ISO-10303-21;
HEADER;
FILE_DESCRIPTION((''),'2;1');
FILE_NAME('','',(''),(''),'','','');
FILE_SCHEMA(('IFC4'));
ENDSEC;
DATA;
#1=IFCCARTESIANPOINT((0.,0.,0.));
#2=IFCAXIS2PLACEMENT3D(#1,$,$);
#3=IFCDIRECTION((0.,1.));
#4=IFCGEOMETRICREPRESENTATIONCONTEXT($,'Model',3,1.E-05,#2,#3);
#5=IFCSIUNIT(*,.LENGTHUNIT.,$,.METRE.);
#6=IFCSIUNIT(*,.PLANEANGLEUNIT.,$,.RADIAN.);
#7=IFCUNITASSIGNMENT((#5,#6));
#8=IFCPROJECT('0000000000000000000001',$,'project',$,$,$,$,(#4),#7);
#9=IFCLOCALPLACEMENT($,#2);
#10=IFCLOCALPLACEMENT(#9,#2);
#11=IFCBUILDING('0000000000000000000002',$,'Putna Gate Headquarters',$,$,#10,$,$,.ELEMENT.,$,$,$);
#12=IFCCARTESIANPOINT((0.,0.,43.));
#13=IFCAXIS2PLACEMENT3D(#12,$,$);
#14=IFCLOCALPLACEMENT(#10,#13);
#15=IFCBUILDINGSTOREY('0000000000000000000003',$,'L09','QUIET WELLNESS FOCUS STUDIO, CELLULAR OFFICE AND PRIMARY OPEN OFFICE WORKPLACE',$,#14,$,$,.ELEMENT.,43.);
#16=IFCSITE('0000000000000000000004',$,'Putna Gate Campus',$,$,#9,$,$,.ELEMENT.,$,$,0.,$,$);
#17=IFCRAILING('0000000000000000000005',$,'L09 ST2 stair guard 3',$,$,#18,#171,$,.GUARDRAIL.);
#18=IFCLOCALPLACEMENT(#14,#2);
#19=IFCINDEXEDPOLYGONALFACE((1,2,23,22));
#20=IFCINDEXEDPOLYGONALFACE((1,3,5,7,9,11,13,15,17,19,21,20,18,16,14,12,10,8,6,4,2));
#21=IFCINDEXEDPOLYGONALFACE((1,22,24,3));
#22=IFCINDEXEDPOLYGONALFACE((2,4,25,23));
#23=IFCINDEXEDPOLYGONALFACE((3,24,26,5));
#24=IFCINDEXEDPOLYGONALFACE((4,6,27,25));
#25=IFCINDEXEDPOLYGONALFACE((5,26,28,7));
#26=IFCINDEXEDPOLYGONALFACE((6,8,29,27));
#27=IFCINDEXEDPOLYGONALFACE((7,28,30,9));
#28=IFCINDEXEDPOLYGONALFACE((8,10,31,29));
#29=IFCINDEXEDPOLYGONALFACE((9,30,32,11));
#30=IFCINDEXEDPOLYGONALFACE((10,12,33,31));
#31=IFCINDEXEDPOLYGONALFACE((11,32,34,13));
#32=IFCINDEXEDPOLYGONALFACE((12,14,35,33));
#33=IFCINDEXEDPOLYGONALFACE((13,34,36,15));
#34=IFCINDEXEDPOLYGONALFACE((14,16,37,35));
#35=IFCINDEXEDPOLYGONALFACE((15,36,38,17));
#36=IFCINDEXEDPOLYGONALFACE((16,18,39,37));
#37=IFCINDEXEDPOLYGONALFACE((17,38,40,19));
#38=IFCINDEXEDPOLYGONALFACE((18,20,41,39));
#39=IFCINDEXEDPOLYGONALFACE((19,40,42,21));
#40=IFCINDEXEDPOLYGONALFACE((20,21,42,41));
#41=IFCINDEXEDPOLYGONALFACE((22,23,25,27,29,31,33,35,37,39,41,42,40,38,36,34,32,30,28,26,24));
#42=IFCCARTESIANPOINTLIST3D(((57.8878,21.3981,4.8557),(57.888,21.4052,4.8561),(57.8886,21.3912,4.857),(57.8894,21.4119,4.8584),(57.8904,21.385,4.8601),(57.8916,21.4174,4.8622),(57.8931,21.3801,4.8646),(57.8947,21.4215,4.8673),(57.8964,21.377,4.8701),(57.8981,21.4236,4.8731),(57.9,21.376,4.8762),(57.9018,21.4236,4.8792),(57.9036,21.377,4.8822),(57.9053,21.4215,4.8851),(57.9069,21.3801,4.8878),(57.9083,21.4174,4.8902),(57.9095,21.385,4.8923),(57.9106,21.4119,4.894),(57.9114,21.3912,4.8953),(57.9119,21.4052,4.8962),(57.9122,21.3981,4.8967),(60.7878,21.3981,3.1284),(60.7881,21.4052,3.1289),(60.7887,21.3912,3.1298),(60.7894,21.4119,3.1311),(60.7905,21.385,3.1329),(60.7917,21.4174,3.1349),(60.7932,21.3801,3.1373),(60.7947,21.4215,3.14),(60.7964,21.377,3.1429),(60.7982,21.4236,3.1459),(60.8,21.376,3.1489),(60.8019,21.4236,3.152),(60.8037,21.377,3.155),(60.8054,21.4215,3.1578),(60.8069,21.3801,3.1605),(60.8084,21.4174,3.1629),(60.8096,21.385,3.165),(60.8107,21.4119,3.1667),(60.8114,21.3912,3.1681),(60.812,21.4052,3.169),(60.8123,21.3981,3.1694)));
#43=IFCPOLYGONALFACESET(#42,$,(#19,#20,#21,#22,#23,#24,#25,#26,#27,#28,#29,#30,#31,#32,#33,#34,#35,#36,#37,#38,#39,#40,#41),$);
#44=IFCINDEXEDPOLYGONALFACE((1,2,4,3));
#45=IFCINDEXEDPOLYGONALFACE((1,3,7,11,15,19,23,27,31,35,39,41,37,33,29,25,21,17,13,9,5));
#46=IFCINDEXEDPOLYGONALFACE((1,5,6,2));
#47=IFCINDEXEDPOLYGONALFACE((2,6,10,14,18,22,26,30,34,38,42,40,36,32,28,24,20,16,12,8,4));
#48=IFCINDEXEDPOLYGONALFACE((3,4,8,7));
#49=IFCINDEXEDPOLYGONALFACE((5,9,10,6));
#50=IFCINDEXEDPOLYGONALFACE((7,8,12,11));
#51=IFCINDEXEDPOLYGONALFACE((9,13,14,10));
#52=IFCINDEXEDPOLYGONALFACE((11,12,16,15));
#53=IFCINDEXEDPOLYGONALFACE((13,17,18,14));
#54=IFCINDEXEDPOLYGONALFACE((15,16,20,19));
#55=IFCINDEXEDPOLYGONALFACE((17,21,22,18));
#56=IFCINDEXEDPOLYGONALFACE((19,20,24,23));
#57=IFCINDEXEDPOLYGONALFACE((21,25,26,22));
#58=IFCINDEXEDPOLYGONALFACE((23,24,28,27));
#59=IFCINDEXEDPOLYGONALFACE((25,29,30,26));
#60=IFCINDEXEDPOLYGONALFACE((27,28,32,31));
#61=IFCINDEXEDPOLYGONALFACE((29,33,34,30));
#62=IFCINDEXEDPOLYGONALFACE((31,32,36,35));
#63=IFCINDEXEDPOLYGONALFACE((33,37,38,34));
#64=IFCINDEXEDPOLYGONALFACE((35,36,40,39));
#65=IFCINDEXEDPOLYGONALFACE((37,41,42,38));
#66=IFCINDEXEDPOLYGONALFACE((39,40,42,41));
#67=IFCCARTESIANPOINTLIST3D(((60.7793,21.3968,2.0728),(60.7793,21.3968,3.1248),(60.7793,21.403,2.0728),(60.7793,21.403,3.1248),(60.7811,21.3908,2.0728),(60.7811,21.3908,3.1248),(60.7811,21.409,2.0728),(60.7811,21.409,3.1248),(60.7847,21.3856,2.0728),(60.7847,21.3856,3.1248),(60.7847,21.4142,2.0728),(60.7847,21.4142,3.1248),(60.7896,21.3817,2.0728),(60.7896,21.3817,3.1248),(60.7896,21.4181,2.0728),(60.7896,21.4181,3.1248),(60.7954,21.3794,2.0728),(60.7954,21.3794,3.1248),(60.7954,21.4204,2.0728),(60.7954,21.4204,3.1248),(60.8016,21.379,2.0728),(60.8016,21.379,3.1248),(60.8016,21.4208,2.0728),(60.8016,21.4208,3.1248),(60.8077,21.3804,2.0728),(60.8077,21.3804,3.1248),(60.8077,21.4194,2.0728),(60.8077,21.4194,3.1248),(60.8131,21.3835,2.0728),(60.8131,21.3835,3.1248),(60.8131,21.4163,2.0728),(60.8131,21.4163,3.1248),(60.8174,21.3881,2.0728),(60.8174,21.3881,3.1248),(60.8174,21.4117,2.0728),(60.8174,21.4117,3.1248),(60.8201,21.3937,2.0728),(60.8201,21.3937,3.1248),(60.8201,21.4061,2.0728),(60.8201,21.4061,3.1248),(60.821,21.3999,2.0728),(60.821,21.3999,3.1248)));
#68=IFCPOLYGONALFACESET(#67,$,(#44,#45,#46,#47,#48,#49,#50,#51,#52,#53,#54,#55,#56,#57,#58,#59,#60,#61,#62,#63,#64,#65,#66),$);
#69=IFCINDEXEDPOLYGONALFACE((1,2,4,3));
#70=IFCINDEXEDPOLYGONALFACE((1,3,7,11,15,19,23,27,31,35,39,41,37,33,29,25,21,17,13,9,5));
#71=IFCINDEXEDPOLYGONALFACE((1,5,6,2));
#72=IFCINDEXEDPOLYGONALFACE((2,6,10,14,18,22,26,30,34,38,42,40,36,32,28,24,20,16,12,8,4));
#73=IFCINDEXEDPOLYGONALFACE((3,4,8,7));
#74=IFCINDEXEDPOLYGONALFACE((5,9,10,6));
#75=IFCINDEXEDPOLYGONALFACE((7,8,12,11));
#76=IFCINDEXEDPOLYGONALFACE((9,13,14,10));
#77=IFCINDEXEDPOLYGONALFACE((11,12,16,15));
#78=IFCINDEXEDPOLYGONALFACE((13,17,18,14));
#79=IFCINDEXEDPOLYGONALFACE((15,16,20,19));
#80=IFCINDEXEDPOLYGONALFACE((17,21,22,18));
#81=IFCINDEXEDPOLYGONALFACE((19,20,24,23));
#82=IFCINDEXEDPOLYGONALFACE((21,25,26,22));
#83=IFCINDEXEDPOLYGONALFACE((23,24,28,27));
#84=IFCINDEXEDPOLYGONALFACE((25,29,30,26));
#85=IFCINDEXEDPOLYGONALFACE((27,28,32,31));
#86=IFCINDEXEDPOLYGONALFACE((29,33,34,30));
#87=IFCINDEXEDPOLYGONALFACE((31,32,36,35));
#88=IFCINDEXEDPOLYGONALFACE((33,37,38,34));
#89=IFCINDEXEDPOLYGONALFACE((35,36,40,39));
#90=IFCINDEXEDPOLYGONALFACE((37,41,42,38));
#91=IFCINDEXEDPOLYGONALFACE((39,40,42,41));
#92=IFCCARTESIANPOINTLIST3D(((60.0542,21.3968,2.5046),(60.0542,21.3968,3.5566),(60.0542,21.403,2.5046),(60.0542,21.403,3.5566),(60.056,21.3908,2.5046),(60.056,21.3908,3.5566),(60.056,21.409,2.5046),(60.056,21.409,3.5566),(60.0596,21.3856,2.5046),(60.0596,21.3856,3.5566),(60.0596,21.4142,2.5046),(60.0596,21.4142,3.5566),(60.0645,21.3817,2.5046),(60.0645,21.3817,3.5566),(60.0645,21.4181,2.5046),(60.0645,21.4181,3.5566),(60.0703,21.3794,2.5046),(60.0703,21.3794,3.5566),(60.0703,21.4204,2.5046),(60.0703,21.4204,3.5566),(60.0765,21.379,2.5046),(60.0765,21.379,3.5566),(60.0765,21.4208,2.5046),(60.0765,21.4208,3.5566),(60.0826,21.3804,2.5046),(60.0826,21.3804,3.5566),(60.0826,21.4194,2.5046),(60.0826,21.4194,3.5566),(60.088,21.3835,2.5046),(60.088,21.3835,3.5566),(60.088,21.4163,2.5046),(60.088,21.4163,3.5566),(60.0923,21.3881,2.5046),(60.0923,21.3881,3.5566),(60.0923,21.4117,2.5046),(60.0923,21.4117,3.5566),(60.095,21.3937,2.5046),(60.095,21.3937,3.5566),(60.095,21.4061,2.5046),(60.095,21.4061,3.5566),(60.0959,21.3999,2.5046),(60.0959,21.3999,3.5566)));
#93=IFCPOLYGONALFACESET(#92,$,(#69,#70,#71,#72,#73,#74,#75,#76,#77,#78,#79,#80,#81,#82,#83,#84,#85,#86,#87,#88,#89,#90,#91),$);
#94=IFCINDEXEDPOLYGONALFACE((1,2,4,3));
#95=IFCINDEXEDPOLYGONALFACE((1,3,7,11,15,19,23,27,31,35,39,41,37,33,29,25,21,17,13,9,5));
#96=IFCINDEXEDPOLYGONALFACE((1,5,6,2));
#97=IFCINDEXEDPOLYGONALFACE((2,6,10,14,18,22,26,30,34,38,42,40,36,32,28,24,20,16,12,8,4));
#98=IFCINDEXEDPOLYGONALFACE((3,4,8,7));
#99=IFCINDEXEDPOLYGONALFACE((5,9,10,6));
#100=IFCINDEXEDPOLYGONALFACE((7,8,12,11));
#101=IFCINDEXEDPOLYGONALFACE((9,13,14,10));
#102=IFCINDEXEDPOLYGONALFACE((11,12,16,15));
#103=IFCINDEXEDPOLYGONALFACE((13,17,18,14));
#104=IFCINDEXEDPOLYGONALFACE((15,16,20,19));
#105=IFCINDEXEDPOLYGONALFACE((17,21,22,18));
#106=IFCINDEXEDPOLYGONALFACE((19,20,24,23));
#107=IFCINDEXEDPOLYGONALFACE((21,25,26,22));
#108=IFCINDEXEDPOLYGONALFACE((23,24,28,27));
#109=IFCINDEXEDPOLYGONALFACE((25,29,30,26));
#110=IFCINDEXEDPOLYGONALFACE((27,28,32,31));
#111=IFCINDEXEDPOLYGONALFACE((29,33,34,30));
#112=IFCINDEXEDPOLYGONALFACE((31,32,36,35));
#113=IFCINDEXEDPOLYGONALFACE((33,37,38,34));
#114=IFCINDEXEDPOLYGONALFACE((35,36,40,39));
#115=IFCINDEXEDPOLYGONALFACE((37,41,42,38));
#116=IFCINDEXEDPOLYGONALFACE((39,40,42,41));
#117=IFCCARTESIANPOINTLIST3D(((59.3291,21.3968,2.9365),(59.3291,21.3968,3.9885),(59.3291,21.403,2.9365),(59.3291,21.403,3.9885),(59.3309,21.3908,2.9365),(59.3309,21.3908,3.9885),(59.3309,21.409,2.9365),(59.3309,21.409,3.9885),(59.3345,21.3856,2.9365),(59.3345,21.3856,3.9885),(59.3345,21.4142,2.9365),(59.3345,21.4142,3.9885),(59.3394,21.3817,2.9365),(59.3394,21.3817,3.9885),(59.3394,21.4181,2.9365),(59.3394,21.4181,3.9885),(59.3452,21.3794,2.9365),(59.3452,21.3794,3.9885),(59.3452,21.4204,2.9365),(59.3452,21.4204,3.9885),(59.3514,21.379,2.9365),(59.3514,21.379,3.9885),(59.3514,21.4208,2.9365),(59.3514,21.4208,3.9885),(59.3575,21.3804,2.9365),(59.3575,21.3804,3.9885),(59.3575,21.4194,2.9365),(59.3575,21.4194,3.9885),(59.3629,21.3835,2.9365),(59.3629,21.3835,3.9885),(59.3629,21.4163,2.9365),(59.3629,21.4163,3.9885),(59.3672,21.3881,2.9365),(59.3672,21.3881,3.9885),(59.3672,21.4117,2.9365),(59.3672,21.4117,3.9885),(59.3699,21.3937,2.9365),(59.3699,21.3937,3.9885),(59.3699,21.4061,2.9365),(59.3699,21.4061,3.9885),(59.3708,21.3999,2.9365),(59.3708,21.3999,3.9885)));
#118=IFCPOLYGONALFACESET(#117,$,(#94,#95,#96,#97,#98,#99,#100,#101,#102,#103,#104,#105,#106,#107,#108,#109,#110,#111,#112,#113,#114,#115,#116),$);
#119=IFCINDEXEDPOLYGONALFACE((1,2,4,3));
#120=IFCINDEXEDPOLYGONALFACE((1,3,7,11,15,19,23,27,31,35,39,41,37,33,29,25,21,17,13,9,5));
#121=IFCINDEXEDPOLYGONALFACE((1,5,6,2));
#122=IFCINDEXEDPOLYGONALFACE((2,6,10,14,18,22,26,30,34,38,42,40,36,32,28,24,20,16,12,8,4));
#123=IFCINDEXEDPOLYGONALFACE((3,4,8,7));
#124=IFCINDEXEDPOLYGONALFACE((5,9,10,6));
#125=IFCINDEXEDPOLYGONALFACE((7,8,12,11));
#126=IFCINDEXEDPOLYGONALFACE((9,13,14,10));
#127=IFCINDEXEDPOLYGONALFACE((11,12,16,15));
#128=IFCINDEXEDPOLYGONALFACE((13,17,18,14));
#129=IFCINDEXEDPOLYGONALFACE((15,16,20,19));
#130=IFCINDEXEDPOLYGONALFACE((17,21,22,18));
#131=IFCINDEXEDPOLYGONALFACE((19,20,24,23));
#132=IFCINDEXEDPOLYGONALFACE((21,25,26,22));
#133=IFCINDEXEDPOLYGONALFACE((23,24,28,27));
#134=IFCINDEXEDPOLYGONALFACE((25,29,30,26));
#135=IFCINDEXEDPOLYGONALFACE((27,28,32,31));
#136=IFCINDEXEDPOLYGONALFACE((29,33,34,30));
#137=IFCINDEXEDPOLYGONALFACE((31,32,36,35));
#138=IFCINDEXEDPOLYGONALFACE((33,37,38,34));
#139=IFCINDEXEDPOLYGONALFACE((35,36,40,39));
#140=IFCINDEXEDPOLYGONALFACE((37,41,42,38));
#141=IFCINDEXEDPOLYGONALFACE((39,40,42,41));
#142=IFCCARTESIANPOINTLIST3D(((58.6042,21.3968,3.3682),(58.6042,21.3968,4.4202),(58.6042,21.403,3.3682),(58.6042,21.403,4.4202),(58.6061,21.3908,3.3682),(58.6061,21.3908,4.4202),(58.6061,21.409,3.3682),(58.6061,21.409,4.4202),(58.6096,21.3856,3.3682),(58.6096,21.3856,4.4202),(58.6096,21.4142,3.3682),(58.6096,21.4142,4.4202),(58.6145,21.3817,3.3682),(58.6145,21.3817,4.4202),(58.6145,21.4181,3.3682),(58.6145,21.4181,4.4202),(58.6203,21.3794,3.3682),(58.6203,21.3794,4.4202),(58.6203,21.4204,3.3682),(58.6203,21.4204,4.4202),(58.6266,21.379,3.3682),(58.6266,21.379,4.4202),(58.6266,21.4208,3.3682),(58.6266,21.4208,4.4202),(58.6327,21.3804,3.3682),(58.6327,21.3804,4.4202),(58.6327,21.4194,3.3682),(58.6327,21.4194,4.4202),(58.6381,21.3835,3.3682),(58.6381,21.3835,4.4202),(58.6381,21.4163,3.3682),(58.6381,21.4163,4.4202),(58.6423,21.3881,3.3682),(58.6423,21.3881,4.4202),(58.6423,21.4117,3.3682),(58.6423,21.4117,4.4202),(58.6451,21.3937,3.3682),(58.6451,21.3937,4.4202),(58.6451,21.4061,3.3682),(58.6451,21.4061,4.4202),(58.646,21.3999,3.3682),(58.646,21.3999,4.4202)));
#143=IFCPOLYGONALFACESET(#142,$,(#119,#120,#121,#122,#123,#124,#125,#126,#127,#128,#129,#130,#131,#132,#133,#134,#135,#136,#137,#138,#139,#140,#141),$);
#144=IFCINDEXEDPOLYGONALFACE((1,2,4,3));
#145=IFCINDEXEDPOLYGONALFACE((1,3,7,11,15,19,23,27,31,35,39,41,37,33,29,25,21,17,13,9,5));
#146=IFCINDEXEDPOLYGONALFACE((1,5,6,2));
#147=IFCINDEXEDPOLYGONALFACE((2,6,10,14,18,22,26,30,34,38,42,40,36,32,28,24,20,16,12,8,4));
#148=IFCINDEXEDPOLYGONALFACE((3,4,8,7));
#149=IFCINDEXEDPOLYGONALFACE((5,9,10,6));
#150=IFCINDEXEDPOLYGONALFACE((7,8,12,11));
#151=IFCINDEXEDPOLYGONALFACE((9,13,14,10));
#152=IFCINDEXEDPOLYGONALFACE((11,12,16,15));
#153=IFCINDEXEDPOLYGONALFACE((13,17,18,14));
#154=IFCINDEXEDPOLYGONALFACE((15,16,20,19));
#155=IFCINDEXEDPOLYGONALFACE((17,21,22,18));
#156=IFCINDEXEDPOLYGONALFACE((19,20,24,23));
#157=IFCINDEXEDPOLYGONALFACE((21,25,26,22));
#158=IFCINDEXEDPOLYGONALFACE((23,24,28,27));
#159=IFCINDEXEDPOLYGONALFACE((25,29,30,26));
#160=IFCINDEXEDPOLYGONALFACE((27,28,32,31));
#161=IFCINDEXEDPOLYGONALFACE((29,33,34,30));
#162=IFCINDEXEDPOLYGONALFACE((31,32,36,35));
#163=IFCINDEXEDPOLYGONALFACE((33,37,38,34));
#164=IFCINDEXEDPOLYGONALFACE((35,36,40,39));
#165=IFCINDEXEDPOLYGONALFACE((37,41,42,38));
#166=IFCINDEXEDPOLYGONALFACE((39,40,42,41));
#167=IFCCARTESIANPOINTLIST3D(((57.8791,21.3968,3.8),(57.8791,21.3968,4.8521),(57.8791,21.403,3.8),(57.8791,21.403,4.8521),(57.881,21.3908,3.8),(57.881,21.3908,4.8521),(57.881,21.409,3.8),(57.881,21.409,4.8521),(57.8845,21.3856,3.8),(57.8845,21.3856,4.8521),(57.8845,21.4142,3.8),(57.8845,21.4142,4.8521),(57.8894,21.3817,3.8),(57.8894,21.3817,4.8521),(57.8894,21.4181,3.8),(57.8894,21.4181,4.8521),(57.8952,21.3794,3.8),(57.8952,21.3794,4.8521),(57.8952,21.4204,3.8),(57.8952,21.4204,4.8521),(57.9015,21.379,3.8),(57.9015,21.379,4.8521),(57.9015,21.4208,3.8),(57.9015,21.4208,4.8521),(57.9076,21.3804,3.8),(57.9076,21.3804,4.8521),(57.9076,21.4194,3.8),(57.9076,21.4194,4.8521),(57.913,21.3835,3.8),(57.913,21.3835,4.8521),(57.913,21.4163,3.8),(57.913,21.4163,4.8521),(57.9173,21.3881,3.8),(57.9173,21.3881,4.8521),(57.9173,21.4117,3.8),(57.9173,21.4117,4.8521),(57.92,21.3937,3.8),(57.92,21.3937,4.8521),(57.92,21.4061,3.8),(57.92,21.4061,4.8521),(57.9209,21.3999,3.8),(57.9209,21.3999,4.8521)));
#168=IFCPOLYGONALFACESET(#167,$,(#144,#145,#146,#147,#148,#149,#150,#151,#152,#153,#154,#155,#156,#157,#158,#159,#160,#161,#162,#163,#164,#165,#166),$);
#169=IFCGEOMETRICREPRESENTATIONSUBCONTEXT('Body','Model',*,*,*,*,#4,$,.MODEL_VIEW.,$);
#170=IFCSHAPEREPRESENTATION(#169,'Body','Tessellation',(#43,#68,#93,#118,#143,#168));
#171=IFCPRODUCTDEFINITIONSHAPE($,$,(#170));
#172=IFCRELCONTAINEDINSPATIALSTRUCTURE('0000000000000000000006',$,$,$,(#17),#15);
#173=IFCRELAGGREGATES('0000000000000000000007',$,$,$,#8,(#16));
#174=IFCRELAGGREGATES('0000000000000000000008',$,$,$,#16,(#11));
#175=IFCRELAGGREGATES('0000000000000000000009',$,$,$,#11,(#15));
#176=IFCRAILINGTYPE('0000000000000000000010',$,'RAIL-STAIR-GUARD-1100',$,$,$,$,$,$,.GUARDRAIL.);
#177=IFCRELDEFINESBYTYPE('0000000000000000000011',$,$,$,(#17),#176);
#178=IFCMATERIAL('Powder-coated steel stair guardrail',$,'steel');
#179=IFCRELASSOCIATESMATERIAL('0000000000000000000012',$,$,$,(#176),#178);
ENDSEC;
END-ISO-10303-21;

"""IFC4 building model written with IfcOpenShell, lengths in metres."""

from ifc_helpers import new_model, si_unit, direction, frame, origin, origin_2d, place, context, subcontext, project, spatial, circle, extrude, material, type_object, element, save


model = new_model("IFC4")

# Units and contexts
model_context = context("Model", 3, precision=1e-05, world=origin(), true_north=direction((0.0, 1.0)))
body_context = subcontext(model_context, "Body", "Model", "MODEL_VIEW")
ifc_project = project(units=[si_unit("LENGTHUNIT", "METRE"), si_unit("PLANEANGLEUNIT", "RADIAN")], contexts=[model_context])

# Site, building, storey
site_placement = place(None, origin())
site = spatial("IfcSite", under=ifc_project, at=site_placement, Name="Putna Gate Campus", CompositionType="ELEMENT", RefElevation=0.0)
building_placement = place(site_placement, origin())
building = spatial("IfcBuilding", under=site, at=building_placement, Name="Putna Gate Headquarters", CompositionType="ELEMENT")
storey_placement = place(building_placement, frame((0.0, 0.0, 43.0)))
storey = spatial("IfcBuildingStorey", under=building, at=storey_placement, Name="L09", Description="QUIET WELLNESS FOCUS STUDIO, CELLULAR OFFICE AND PRIMARY OPEN OFFICE WORKPLACE", CompositionType="ELEMENT", Elevation=43.0)

# Railing
ifc_material_1 = material(Name="Powder-coated steel stair guardrail", Category="steel")
railing_type = type_object("IfcRailingType", Name="RAIL-STAIR-GUARD-1100", PredefinedType="GUARDRAIL", material=ifc_material_1)
railing_1_placement = place(storey_placement, frame((60.8, 21.3999, 2.0728)))
element("IfcRailing", 1, at=railing_1_placement, inside=storey, type_object=railing_type, Name="L09 ST2 stair guard 3", PredefinedType="GUARDRAIL", context=body_context, shape_type="SweptSolid", body=[
    extrude(circle(Radius=0.0239, at=origin_2d()), frame((0.0, 0.0, 1.0762), z_axis=(-0.85916, 0.0, 0.511706), x_axis=(0.0, -1.0, 0.0)), (0.0, 0.0, 1.0), 3.3755),
    extrude(circle(Radius=0.021, at=origin_2d()), origin(), (0.0, 0.0, 1.0), 1.052),
    extrude(circle(Radius=0.021, at=origin_2d()), frame((-0.7251, 0.0, 0.4319)), (0.0, 0.0, 1.0), 1.052),
    extrude(circle(Radius=0.021, at=origin_2d()), frame((-1.4502, 0.0, 0.8638)), (0.0, 0.0, 1.0), 1.052),
    extrude(circle(Radius=0.021, at=origin_2d()), frame((-2.175, 0.0, 1.2954)), (0.0, 0.0, 1.0), 1.052),
    extrude(circle(Radius=0.021, at=origin_2d()), frame((-2.9001, 0.0, 1.7273)), (0.0, 0.0, 1.0), 1.052),
])

save(model, "model.ifc")
